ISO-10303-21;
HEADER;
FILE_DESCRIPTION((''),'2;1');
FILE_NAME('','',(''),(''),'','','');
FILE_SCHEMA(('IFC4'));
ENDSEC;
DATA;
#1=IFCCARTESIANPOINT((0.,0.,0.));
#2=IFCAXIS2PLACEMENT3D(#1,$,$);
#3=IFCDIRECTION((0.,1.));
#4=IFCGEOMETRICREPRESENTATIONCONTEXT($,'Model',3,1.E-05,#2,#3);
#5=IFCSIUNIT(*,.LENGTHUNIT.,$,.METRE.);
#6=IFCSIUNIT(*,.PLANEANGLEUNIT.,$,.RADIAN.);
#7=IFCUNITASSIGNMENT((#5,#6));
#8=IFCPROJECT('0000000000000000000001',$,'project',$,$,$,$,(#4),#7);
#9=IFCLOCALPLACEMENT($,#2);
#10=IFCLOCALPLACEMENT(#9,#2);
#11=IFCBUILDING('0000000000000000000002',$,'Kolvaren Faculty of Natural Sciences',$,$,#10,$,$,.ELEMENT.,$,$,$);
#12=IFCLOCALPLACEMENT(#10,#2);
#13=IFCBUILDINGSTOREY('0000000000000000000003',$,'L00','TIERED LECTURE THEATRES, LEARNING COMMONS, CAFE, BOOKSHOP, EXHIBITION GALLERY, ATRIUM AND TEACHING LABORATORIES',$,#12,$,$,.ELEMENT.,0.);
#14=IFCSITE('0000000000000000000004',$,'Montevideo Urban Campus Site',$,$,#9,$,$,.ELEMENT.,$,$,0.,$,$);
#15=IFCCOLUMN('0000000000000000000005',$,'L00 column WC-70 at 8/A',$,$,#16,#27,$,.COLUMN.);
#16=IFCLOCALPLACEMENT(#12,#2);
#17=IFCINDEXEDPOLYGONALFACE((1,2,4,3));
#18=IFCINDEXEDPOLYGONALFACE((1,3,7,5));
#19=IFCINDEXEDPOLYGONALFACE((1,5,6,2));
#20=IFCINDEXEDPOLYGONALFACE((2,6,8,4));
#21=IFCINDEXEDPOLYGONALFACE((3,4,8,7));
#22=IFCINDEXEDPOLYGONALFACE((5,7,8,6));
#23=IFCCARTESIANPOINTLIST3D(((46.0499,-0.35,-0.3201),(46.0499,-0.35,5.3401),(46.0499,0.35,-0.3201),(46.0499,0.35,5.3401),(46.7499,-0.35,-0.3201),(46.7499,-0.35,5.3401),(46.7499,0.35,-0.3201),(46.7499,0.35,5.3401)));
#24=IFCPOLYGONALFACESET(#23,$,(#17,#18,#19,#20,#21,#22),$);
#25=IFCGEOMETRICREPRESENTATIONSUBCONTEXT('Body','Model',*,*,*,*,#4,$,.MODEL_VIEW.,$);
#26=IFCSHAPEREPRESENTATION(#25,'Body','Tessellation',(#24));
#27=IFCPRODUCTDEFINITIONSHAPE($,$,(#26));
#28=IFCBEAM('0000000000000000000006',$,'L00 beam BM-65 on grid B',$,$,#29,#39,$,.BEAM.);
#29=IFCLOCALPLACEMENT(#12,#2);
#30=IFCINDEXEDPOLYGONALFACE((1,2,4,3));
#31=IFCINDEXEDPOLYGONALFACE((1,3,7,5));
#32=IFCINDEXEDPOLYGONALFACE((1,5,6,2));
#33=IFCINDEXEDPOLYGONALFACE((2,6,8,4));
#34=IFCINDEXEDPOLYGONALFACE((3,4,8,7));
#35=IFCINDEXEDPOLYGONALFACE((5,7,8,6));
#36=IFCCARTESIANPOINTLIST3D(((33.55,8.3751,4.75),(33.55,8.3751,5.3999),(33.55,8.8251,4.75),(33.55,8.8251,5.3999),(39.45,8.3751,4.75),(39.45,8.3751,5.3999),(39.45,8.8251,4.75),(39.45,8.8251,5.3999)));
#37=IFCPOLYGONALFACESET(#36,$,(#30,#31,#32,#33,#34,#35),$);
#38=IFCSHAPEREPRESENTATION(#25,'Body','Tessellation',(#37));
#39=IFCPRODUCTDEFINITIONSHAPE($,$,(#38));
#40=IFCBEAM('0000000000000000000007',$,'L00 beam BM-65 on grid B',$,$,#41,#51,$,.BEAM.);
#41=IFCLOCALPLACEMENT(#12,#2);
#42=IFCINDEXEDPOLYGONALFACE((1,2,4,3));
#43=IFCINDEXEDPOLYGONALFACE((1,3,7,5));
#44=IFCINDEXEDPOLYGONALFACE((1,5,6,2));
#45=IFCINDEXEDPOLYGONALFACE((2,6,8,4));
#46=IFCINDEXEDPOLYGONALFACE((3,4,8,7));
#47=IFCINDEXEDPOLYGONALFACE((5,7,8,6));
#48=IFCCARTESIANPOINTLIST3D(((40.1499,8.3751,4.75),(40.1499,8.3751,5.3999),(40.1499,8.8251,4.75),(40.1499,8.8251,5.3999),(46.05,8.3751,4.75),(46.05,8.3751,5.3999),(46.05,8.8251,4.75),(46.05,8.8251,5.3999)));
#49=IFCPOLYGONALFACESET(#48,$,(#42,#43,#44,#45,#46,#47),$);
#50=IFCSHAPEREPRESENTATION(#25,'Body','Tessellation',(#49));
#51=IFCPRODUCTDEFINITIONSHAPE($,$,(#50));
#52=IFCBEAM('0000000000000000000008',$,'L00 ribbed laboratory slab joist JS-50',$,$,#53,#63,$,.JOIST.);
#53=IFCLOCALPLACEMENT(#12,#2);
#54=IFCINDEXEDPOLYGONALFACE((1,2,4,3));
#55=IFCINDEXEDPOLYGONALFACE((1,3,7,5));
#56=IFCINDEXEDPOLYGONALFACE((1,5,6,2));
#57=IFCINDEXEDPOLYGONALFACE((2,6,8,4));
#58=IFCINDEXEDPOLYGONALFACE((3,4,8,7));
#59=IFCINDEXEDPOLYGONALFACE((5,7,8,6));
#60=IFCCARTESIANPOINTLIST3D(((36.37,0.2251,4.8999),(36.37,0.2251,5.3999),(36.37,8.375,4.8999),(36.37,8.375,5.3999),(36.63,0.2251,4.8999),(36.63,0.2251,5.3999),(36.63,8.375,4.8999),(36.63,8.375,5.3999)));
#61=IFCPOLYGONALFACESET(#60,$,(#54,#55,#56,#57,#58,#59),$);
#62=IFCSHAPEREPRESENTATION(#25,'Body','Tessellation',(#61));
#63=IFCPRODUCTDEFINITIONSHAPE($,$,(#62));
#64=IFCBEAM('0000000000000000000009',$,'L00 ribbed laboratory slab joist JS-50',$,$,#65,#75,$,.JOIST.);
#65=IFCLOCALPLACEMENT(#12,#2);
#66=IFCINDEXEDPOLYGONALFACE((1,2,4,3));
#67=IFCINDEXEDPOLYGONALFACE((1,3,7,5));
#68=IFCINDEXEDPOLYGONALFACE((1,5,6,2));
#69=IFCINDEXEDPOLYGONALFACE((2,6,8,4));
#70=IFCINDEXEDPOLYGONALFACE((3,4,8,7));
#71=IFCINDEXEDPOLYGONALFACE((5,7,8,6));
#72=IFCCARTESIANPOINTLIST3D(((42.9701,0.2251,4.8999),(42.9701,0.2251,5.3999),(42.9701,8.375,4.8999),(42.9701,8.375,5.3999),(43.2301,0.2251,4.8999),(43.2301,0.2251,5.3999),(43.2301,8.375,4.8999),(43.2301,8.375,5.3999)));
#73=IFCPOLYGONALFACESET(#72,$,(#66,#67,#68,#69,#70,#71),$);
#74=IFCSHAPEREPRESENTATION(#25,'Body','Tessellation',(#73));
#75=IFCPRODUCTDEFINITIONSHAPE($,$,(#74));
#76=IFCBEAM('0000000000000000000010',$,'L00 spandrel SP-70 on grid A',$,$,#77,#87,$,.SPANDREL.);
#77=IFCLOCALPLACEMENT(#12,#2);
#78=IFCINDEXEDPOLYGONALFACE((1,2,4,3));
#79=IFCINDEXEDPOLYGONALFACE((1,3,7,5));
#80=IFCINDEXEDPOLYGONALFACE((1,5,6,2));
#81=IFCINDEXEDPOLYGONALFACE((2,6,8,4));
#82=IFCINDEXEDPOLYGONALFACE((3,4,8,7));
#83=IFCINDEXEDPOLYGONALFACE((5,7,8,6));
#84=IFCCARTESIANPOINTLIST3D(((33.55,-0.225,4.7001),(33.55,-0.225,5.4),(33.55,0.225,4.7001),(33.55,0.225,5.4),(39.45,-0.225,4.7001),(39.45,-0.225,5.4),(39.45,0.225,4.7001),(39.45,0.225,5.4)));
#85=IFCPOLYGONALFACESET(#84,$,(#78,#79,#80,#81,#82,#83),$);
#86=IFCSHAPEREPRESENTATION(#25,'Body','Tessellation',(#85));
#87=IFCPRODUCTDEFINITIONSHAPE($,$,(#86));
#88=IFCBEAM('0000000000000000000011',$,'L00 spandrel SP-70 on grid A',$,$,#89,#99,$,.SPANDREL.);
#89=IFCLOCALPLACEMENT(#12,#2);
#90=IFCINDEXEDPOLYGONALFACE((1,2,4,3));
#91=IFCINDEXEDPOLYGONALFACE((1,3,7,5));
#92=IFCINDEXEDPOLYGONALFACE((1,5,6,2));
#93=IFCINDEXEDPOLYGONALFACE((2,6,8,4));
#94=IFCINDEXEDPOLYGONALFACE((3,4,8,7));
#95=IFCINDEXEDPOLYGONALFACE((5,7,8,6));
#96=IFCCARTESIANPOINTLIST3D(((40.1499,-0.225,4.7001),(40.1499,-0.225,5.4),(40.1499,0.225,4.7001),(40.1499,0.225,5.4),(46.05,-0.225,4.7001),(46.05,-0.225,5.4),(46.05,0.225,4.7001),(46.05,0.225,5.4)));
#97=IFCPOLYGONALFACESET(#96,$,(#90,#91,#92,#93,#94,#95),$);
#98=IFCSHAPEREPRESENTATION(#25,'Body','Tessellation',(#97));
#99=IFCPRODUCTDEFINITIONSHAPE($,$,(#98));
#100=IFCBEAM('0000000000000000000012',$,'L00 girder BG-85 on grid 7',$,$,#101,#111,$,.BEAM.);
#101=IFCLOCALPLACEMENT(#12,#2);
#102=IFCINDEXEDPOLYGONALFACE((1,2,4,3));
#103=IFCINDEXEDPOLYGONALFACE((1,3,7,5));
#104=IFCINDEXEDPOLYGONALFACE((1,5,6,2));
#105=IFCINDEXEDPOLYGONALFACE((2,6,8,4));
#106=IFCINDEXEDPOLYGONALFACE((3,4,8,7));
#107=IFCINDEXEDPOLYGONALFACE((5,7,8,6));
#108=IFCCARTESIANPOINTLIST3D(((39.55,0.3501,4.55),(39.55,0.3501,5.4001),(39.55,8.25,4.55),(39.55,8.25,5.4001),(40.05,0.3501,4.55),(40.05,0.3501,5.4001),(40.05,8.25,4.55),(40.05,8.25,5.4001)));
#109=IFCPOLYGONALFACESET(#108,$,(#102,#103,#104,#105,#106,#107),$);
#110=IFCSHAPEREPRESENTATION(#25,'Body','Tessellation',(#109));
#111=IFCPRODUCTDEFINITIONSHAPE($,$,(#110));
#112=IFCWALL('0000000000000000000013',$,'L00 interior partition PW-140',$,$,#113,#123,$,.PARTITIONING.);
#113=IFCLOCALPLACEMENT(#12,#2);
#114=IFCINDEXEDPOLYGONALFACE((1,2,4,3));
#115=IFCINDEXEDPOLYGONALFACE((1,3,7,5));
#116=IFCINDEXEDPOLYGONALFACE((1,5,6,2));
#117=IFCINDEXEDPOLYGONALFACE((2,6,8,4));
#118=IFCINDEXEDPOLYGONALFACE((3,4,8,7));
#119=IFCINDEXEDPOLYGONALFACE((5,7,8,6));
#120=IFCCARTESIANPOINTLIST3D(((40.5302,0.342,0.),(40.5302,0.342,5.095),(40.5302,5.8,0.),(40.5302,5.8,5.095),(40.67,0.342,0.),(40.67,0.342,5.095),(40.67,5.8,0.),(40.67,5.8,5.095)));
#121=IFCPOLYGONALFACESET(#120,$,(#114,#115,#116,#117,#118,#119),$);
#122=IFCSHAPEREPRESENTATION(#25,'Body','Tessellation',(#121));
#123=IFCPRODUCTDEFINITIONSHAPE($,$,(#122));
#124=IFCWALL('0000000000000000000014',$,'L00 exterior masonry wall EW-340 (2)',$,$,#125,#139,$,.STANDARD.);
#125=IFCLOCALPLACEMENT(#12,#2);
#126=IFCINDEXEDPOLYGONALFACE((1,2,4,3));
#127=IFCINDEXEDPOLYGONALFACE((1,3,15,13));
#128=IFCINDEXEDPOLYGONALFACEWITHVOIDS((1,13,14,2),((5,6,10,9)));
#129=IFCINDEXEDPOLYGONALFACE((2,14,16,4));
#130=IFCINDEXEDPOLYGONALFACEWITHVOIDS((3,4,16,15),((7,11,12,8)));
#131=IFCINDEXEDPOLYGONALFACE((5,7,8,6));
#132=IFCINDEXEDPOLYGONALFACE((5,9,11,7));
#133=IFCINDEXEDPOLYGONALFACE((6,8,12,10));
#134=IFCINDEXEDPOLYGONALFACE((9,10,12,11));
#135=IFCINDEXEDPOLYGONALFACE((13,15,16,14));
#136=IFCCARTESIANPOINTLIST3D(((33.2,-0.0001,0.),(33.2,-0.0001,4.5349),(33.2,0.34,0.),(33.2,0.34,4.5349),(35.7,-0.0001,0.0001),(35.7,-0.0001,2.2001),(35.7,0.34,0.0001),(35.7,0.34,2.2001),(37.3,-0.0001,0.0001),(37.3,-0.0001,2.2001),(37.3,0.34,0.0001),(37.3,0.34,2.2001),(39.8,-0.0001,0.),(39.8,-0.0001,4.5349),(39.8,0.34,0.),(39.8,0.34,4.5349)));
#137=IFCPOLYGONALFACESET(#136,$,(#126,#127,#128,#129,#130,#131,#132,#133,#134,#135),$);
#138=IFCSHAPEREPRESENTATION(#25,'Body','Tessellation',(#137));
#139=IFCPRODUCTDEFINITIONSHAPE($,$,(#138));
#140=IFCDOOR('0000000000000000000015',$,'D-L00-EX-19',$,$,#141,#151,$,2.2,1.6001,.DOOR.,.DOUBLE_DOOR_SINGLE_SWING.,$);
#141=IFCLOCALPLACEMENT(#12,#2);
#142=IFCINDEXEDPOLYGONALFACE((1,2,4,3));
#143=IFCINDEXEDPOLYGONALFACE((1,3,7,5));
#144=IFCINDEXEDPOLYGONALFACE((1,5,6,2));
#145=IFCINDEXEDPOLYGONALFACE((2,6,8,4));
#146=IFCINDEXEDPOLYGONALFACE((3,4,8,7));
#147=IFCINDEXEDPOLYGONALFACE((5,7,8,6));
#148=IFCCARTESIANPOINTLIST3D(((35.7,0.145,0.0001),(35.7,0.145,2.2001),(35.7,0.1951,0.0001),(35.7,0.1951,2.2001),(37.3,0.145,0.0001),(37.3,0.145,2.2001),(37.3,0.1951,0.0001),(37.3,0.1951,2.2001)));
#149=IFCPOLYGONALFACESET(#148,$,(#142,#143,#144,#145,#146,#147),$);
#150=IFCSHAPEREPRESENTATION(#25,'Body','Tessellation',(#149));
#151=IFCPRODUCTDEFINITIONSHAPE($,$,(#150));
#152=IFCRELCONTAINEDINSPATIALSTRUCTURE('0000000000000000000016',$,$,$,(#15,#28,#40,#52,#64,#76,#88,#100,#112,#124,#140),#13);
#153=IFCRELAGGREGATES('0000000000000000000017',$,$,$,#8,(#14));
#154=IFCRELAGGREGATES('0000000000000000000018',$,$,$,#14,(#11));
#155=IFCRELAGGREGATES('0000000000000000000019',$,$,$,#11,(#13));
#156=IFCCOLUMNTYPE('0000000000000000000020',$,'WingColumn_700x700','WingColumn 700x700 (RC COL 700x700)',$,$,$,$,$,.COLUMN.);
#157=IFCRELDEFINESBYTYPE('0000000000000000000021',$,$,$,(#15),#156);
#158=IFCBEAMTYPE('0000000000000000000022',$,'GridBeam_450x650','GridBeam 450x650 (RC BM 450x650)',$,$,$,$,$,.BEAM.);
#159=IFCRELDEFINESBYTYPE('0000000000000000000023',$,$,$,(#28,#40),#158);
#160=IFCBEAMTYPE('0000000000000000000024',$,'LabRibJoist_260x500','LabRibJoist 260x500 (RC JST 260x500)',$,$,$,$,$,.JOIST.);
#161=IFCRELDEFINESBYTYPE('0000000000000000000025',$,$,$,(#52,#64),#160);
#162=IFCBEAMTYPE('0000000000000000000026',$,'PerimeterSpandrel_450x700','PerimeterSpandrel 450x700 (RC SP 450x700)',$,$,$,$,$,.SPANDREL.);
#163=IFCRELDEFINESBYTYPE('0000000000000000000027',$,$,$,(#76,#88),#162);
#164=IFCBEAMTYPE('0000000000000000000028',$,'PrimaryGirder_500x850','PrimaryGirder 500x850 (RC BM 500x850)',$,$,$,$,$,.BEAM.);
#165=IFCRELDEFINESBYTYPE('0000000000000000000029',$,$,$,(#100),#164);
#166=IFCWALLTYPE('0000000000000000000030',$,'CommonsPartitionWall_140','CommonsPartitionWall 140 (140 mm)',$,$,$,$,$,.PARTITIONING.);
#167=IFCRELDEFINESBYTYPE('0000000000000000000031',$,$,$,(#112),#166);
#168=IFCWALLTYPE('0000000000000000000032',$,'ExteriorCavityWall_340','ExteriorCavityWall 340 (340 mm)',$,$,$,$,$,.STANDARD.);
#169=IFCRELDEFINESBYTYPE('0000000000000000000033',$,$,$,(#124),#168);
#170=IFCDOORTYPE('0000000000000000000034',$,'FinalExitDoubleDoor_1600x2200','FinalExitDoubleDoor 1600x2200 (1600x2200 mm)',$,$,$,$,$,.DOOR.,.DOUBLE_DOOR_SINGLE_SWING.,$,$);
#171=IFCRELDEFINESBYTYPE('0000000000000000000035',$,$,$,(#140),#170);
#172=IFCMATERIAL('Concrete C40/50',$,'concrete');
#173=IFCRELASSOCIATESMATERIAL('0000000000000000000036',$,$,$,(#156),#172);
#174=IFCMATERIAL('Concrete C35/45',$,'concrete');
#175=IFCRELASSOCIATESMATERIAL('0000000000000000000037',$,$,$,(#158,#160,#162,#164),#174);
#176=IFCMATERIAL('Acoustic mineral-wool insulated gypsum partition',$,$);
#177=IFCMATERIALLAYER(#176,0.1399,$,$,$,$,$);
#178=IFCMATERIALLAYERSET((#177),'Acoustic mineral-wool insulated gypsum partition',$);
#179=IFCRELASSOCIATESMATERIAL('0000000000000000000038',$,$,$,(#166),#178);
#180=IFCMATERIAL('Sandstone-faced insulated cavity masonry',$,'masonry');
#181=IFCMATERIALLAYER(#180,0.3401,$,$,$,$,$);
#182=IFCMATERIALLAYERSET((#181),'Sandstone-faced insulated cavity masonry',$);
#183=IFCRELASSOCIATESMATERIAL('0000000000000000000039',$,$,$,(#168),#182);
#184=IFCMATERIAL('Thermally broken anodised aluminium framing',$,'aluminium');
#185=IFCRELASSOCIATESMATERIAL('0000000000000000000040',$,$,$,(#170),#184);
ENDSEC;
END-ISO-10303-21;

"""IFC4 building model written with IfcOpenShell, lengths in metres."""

from ifc_helpers import new_model, si_unit, direction, frame, frame_2d, origin, origin_2d, place, context, subcontext, project, spatial, rectangle, extrude, material, layer, layer_set, material_profile, profile_set, type_object, element, fill, save


model = new_model("IFC4")

# Units and contexts
model_context = context("Model", 3, precision=1e-05, world=origin(), true_north=direction((0.0, 1.0)))
body_context = subcontext(model_context, "Body", "Model", "MODEL_VIEW")
ifc_project = project(units=[si_unit("LENGTHUNIT", "METRE"), si_unit("PLANEANGLEUNIT", "RADIAN")], contexts=[model_context])

# Site, building, storey
site_placement = place(None, origin())
site = spatial("IfcSite", under=ifc_project, at=site_placement, Name="Montevideo Urban Campus Site", CompositionType="ELEMENT", RefElevation=0.0)
building_placement = place(site_placement, origin())
building = spatial("IfcBuilding", under=site, at=building_placement, Name="Kolvaren Faculty of Natural Sciences", CompositionType="ELEMENT")
storey_placement = place(building_placement, origin())
storey = spatial("IfcBuildingStorey", under=building, at=storey_placement, Name="L00", Description="TIERED LECTURE THEATRES, LEARNING COMMONS, CAFE, BOOKSHOP, EXHIBITION GALLERY, ATRIUM AND TEACHING LABORATORIES", CompositionType="ELEMENT", Elevation=0.0)

# Shared definitions
ifc_material_1 = material(Name="Concrete C35/45", Category="concrete")

# Column
ifc_material_2 = material(Name="Concrete C40/50", Category="concrete")
ifc_material_profile_1 = material_profile(ifc_material_2, rectangle(XDim=0.7, YDim=0.7, at=origin_2d()), Name="RC COL 700x700")
ifc_profile_set_1 = profile_set([ifc_material_profile_1], Name="Concrete C40/50")
column_type = type_object("IfcColumnType", Name="WingColumn_700x700", Description="WingColumn 700x700 (RC COL 700x700)", PredefinedType="COLUMN", material=ifc_profile_set_1)
column_1_placement = place(storey_placement, frame((46.3999, 0.0, -0.3201), z_axis=(0.0, 0.0, 1.0), x_axis=(1.0, 0.0, 0.0)))
element("IfcColumn", 1, at=column_1_placement, inside=storey, type_object=column_type, Name="L00 column WC-70 at 8/A", PredefinedType="COLUMN", context=body_context, shape_type="SweptSolid", body=[
    extrude(rectangle(XDim=0.7, YDim=0.7, at=origin_2d()), origin(), (0.0, 0.0, 1.0), 5.6602),
])

# Beams
ifc_material_profile_2 = material_profile(ifc_material_1, rectangle(XDim=0.45, YDim=0.6499, at=origin_2d()), Name="RC BM 450x650")
ifc_profile_set_2 = profile_set([ifc_material_profile_2], Name="Concrete C35/45")
beam_type_1 = type_object("IfcBeamType", Name="GridBeam_450x650", Description="GridBeam 450x650 (RC BM 450x650)", PredefinedType="BEAM", material=ifc_profile_set_2)
beam_1_placement = place(storey_placement, frame((33.55, 8.6001, 5.075), z_axis=(1.0, 0.0, 0.0), x_axis=(0.0, 1.0, 0.0)))
element("IfcBeam", 2, at=beam_1_placement, inside=storey, type_object=beam_type_1, Name="L00 beam BM-65 on grid B", PredefinedType="BEAM", context=body_context, shape_type="SweptSolid", body=[
    extrude(rectangle(XDim=0.45, YDim=0.6499, at=origin_2d()), origin(), (0.0, 0.0, 1.0), 5.8999),
])
beam_2_placement = place(storey_placement, frame((40.1499, 8.6001, 5.075), z_axis=(1.0, 0.0, 0.0), x_axis=(0.0, 1.0, 0.0)))
element("IfcBeam", 3, at=beam_2_placement, inside=storey, type_object=beam_type_1, Name="L00 beam BM-65 on grid B", PredefinedType="BEAM", context=body_context, shape_type="SweptSolid", body=[
    extrude(rectangle(XDim=0.45, YDim=0.6499, at=origin_2d()), origin(), (0.0, 0.0, 1.0), 5.9001),
])
ifc_material_profile_3 = material_profile(ifc_material_1, rectangle(XDim=0.26, YDim=0.5, at=origin_2d()), Name="RC JST 260x500")
ifc_profile_set_3 = profile_set([ifc_material_profile_3], Name="Concrete C35/45")
beam_type_2 = type_object("IfcBeamType", Name="LabRibJoist_260x500", Description="LabRibJoist 260x500 (RC JST 260x500)", PredefinedType="JOIST", material=ifc_profile_set_3)
for number, where, z_axis, x_axis, name in (
    (4, (36.5, 0.2251, 5.1499), (0.0, 1.0, 0.0), (-1.0, 0.0, 0.0), "L00 ribbed laboratory slab joist JS-50"),
    (5, (43.1001, 0.2251, 5.1499), (0.0, 1.0, 0.0), (-1.0, 0.0, 0.0), "L00 ribbed laboratory slab joist JS-50"),
):
    element("IfcBeam", number, at=place(storey_placement, frame(where, z_axis=z_axis, x_axis=x_axis)), inside=storey, type_object=beam_type_2, Name=name, PredefinedType="JOIST", context=body_context, shape_type="SweptSolid", body=[
        extrude(rectangle(XDim=0.26, YDim=0.5, at=origin_2d()), origin(), (0.0, 0.0, 1.0), 8.1499),
    ])
ifc_material_profile_4 = material_profile(ifc_material_1, rectangle(XDim=0.45, YDim=0.7, at=origin_2d()), Name="RC SP 450x700")
ifc_profile_set_4 = profile_set([ifc_material_profile_4], Name="Concrete C35/45")
beam_type_3 = type_object("IfcBeamType", Name="PerimeterSpandrel_450x700", Description="PerimeterSpandrel 450x700 (RC SP 450x700)", PredefinedType="SPANDREL", material=ifc_profile_set_4)
beam_3_placement = place(storey_placement, frame((33.55, 0.0, 5.05), z_axis=(1.0, 0.0, 0.0), x_axis=(0.0, 1.0, 0.0)))
element("IfcBeam", 6, at=beam_3_placement, inside=storey, type_object=beam_type_3, Name="L00 spandrel SP-70 on grid A", PredefinedType="SPANDREL", context=body_context, shape_type="SweptSolid", body=[
    extrude(rectangle(XDim=0.45, YDim=0.7, at=origin_2d()), origin(), (0.0, 0.0, 1.0), 5.8999),
])
beam_4_placement = place(storey_placement, frame((40.1499, 0.0, 5.05), z_axis=(1.0, 0.0, 0.0), x_axis=(0.0, 1.0, 0.0)))
element("IfcBeam", 7, at=beam_4_placement, inside=storey, type_object=beam_type_3, Name="L00 spandrel SP-70 on grid A", PredefinedType="SPANDREL", context=body_context, shape_type="SweptSolid", body=[
    extrude(rectangle(XDim=0.45, YDim=0.7, at=origin_2d()), origin(), (0.0, 0.0, 1.0), 5.9001),
])
ifc_material_profile_5 = material_profile(ifc_material_1, rectangle(XDim=0.5, YDim=0.8501, at=origin_2d()), Name="RC BM 500x850")
ifc_profile_set_5 = profile_set([ifc_material_profile_5], Name="Concrete C35/45")
beam_type_4 = type_object("IfcBeamType", Name="PrimaryGirder_500x850", Description="PrimaryGirder 500x850 (RC BM 500x850)", PredefinedType="BEAM", material=ifc_profile_set_5)
beam_5_placement = place(storey_placement, frame((39.8, 0.3501, 4.9751), z_axis=(0.0, 1.0, 0.0), x_axis=(-1.0, 0.0, 0.0)))
element("IfcBeam", 8, at=beam_5_placement, inside=storey, type_object=beam_type_4, Name="L00 girder BG-85 on grid 7", PredefinedType="BEAM", context=body_context, shape_type="SweptSolid", body=[
    extrude(rectangle(XDim=0.5, YDim=0.8501, at=origin_2d()), origin(), (0.0, 0.0, 1.0), 7.8999),
])

# Wall
ifc_material_3 = material(Name="Acoustic mineral-wool insulated gypsum partition")
ifc_layer_1 = layer(ifc_material_3, 0.1399)
ifc_layer_set_1 = layer_set([ifc_layer_1], Name="Acoustic mineral-wool insulated gypsum partition")
wall_type_1 = type_object("IfcWallType", Name="CommonsPartitionWall_140", Description="CommonsPartitionWall 140 (140 mm)", PredefinedType="PARTITIONING", material=ifc_layer_set_1)
wall_1_placement = place(storey_placement, frame((40.6001, 5.8, 0.0), z_axis=(0.0, 0.0, 1.0), x_axis=(0.0, -1.0, 0.0)))
element("IfcWall", 9, at=wall_1_placement, inside=storey, type_object=wall_type_1, Name="L00 interior partition PW-140", PredefinedType="PARTITIONING", context=body_context, shape_type="SweptSolid", body=[
    extrude(rectangle(XDim=5.458, YDim=0.1399, at=frame_2d((2.729, 0.0))), origin(), (0.0, 0.0, 1.0), 5.095),
])

# Wall, opening, door
ifc_material_4 = material(Name="Sandstone-faced insulated cavity masonry", Category="masonry")
ifc_layer_2 = layer(ifc_material_4, 0.3401)
ifc_layer_set_2 = layer_set([ifc_layer_2], Name="Sandstone-faced insulated cavity masonry")
wall_type_2 = type_object("IfcWallType", Name="ExteriorCavityWall_340", Description="ExteriorCavityWall 340 (340 mm)", PredefinedType="STANDARD", material=ifc_layer_set_2)
wall_2_placement = place(storey_placement, frame((39.8, 0.1699, 0.0), z_axis=(0.0, 0.0, 1.0), x_axis=(-1.0, 0.0, 0.0)))
wall_2 = element("IfcWall", 10, at=wall_2_placement, inside=storey, type_object=wall_type_2, Name="L00 exterior masonry wall EW-340 (2)", PredefinedType="STANDARD", context=body_context, shape_type="SweptSolid", body=[
    extrude(rectangle(XDim=6.6001, YDim=0.3401, at=frame_2d((3.3, 0.0))), origin(), (0.0, 0.0, 1.0), 4.5349),
])
opening_1_placement = place(wall_2_placement, frame((2.5, 0.0, 0.0)))
opening_1 = element("IfcOpeningElement", 11, at=opening_1_placement, cuts=wall_2, PredefinedType="OPENING", context=body_context, shape_type="SweptSolid", body=[
    extrude(rectangle(XDim=1.6001, YDim=2.2, at=frame_2d((0.8, 1.1001))), frame((0.0, 0.1799, 0.0), z_axis=(0.0, -1.0, 0.0), x_axis=(1.0, 0.0, 0.0)), (0.0, 0.0, 1.0), 0.3601),
])
ifc_material_5 = material(Name="Thermally broken anodised aluminium framing", Category="aluminium")
door_type_1 = type_object("IfcDoorType", Name="FinalExitDoubleDoor_1600x2200", Description="FinalExitDoubleDoor 1600x2200 (1600x2200 mm)", OperationType="DOUBLE_DOOR_SINGLE_SWING", PredefinedType="DOOR", material=ifc_material_5)
door_1_placement = place(opening_1_placement, origin())
door_1 = element("IfcDoor", 12, at=door_1_placement, inside=storey, type_object=door_type_1, Name="D-L00-EX-19", OperationType="DOUBLE_DOOR_SINGLE_SWING", OverallHeight=2.2, OverallWidth=1.6001, PredefinedType="DOOR", context=body_context, shape_type="SweptSolid", body=[
    extrude(rectangle(XDim=1.6001, YDim=2.2, at=frame_2d((0.8, 1.1001))), frame((0.0, 0.0249, 0.0), z_axis=(0.0, -1.0, 0.0), x_axis=(1.0, 0.0, 0.0)), (0.0, 0.0, 1.0), 0.05),
])
fill(opening_1, door_1)

save(model, "model.ifc")
